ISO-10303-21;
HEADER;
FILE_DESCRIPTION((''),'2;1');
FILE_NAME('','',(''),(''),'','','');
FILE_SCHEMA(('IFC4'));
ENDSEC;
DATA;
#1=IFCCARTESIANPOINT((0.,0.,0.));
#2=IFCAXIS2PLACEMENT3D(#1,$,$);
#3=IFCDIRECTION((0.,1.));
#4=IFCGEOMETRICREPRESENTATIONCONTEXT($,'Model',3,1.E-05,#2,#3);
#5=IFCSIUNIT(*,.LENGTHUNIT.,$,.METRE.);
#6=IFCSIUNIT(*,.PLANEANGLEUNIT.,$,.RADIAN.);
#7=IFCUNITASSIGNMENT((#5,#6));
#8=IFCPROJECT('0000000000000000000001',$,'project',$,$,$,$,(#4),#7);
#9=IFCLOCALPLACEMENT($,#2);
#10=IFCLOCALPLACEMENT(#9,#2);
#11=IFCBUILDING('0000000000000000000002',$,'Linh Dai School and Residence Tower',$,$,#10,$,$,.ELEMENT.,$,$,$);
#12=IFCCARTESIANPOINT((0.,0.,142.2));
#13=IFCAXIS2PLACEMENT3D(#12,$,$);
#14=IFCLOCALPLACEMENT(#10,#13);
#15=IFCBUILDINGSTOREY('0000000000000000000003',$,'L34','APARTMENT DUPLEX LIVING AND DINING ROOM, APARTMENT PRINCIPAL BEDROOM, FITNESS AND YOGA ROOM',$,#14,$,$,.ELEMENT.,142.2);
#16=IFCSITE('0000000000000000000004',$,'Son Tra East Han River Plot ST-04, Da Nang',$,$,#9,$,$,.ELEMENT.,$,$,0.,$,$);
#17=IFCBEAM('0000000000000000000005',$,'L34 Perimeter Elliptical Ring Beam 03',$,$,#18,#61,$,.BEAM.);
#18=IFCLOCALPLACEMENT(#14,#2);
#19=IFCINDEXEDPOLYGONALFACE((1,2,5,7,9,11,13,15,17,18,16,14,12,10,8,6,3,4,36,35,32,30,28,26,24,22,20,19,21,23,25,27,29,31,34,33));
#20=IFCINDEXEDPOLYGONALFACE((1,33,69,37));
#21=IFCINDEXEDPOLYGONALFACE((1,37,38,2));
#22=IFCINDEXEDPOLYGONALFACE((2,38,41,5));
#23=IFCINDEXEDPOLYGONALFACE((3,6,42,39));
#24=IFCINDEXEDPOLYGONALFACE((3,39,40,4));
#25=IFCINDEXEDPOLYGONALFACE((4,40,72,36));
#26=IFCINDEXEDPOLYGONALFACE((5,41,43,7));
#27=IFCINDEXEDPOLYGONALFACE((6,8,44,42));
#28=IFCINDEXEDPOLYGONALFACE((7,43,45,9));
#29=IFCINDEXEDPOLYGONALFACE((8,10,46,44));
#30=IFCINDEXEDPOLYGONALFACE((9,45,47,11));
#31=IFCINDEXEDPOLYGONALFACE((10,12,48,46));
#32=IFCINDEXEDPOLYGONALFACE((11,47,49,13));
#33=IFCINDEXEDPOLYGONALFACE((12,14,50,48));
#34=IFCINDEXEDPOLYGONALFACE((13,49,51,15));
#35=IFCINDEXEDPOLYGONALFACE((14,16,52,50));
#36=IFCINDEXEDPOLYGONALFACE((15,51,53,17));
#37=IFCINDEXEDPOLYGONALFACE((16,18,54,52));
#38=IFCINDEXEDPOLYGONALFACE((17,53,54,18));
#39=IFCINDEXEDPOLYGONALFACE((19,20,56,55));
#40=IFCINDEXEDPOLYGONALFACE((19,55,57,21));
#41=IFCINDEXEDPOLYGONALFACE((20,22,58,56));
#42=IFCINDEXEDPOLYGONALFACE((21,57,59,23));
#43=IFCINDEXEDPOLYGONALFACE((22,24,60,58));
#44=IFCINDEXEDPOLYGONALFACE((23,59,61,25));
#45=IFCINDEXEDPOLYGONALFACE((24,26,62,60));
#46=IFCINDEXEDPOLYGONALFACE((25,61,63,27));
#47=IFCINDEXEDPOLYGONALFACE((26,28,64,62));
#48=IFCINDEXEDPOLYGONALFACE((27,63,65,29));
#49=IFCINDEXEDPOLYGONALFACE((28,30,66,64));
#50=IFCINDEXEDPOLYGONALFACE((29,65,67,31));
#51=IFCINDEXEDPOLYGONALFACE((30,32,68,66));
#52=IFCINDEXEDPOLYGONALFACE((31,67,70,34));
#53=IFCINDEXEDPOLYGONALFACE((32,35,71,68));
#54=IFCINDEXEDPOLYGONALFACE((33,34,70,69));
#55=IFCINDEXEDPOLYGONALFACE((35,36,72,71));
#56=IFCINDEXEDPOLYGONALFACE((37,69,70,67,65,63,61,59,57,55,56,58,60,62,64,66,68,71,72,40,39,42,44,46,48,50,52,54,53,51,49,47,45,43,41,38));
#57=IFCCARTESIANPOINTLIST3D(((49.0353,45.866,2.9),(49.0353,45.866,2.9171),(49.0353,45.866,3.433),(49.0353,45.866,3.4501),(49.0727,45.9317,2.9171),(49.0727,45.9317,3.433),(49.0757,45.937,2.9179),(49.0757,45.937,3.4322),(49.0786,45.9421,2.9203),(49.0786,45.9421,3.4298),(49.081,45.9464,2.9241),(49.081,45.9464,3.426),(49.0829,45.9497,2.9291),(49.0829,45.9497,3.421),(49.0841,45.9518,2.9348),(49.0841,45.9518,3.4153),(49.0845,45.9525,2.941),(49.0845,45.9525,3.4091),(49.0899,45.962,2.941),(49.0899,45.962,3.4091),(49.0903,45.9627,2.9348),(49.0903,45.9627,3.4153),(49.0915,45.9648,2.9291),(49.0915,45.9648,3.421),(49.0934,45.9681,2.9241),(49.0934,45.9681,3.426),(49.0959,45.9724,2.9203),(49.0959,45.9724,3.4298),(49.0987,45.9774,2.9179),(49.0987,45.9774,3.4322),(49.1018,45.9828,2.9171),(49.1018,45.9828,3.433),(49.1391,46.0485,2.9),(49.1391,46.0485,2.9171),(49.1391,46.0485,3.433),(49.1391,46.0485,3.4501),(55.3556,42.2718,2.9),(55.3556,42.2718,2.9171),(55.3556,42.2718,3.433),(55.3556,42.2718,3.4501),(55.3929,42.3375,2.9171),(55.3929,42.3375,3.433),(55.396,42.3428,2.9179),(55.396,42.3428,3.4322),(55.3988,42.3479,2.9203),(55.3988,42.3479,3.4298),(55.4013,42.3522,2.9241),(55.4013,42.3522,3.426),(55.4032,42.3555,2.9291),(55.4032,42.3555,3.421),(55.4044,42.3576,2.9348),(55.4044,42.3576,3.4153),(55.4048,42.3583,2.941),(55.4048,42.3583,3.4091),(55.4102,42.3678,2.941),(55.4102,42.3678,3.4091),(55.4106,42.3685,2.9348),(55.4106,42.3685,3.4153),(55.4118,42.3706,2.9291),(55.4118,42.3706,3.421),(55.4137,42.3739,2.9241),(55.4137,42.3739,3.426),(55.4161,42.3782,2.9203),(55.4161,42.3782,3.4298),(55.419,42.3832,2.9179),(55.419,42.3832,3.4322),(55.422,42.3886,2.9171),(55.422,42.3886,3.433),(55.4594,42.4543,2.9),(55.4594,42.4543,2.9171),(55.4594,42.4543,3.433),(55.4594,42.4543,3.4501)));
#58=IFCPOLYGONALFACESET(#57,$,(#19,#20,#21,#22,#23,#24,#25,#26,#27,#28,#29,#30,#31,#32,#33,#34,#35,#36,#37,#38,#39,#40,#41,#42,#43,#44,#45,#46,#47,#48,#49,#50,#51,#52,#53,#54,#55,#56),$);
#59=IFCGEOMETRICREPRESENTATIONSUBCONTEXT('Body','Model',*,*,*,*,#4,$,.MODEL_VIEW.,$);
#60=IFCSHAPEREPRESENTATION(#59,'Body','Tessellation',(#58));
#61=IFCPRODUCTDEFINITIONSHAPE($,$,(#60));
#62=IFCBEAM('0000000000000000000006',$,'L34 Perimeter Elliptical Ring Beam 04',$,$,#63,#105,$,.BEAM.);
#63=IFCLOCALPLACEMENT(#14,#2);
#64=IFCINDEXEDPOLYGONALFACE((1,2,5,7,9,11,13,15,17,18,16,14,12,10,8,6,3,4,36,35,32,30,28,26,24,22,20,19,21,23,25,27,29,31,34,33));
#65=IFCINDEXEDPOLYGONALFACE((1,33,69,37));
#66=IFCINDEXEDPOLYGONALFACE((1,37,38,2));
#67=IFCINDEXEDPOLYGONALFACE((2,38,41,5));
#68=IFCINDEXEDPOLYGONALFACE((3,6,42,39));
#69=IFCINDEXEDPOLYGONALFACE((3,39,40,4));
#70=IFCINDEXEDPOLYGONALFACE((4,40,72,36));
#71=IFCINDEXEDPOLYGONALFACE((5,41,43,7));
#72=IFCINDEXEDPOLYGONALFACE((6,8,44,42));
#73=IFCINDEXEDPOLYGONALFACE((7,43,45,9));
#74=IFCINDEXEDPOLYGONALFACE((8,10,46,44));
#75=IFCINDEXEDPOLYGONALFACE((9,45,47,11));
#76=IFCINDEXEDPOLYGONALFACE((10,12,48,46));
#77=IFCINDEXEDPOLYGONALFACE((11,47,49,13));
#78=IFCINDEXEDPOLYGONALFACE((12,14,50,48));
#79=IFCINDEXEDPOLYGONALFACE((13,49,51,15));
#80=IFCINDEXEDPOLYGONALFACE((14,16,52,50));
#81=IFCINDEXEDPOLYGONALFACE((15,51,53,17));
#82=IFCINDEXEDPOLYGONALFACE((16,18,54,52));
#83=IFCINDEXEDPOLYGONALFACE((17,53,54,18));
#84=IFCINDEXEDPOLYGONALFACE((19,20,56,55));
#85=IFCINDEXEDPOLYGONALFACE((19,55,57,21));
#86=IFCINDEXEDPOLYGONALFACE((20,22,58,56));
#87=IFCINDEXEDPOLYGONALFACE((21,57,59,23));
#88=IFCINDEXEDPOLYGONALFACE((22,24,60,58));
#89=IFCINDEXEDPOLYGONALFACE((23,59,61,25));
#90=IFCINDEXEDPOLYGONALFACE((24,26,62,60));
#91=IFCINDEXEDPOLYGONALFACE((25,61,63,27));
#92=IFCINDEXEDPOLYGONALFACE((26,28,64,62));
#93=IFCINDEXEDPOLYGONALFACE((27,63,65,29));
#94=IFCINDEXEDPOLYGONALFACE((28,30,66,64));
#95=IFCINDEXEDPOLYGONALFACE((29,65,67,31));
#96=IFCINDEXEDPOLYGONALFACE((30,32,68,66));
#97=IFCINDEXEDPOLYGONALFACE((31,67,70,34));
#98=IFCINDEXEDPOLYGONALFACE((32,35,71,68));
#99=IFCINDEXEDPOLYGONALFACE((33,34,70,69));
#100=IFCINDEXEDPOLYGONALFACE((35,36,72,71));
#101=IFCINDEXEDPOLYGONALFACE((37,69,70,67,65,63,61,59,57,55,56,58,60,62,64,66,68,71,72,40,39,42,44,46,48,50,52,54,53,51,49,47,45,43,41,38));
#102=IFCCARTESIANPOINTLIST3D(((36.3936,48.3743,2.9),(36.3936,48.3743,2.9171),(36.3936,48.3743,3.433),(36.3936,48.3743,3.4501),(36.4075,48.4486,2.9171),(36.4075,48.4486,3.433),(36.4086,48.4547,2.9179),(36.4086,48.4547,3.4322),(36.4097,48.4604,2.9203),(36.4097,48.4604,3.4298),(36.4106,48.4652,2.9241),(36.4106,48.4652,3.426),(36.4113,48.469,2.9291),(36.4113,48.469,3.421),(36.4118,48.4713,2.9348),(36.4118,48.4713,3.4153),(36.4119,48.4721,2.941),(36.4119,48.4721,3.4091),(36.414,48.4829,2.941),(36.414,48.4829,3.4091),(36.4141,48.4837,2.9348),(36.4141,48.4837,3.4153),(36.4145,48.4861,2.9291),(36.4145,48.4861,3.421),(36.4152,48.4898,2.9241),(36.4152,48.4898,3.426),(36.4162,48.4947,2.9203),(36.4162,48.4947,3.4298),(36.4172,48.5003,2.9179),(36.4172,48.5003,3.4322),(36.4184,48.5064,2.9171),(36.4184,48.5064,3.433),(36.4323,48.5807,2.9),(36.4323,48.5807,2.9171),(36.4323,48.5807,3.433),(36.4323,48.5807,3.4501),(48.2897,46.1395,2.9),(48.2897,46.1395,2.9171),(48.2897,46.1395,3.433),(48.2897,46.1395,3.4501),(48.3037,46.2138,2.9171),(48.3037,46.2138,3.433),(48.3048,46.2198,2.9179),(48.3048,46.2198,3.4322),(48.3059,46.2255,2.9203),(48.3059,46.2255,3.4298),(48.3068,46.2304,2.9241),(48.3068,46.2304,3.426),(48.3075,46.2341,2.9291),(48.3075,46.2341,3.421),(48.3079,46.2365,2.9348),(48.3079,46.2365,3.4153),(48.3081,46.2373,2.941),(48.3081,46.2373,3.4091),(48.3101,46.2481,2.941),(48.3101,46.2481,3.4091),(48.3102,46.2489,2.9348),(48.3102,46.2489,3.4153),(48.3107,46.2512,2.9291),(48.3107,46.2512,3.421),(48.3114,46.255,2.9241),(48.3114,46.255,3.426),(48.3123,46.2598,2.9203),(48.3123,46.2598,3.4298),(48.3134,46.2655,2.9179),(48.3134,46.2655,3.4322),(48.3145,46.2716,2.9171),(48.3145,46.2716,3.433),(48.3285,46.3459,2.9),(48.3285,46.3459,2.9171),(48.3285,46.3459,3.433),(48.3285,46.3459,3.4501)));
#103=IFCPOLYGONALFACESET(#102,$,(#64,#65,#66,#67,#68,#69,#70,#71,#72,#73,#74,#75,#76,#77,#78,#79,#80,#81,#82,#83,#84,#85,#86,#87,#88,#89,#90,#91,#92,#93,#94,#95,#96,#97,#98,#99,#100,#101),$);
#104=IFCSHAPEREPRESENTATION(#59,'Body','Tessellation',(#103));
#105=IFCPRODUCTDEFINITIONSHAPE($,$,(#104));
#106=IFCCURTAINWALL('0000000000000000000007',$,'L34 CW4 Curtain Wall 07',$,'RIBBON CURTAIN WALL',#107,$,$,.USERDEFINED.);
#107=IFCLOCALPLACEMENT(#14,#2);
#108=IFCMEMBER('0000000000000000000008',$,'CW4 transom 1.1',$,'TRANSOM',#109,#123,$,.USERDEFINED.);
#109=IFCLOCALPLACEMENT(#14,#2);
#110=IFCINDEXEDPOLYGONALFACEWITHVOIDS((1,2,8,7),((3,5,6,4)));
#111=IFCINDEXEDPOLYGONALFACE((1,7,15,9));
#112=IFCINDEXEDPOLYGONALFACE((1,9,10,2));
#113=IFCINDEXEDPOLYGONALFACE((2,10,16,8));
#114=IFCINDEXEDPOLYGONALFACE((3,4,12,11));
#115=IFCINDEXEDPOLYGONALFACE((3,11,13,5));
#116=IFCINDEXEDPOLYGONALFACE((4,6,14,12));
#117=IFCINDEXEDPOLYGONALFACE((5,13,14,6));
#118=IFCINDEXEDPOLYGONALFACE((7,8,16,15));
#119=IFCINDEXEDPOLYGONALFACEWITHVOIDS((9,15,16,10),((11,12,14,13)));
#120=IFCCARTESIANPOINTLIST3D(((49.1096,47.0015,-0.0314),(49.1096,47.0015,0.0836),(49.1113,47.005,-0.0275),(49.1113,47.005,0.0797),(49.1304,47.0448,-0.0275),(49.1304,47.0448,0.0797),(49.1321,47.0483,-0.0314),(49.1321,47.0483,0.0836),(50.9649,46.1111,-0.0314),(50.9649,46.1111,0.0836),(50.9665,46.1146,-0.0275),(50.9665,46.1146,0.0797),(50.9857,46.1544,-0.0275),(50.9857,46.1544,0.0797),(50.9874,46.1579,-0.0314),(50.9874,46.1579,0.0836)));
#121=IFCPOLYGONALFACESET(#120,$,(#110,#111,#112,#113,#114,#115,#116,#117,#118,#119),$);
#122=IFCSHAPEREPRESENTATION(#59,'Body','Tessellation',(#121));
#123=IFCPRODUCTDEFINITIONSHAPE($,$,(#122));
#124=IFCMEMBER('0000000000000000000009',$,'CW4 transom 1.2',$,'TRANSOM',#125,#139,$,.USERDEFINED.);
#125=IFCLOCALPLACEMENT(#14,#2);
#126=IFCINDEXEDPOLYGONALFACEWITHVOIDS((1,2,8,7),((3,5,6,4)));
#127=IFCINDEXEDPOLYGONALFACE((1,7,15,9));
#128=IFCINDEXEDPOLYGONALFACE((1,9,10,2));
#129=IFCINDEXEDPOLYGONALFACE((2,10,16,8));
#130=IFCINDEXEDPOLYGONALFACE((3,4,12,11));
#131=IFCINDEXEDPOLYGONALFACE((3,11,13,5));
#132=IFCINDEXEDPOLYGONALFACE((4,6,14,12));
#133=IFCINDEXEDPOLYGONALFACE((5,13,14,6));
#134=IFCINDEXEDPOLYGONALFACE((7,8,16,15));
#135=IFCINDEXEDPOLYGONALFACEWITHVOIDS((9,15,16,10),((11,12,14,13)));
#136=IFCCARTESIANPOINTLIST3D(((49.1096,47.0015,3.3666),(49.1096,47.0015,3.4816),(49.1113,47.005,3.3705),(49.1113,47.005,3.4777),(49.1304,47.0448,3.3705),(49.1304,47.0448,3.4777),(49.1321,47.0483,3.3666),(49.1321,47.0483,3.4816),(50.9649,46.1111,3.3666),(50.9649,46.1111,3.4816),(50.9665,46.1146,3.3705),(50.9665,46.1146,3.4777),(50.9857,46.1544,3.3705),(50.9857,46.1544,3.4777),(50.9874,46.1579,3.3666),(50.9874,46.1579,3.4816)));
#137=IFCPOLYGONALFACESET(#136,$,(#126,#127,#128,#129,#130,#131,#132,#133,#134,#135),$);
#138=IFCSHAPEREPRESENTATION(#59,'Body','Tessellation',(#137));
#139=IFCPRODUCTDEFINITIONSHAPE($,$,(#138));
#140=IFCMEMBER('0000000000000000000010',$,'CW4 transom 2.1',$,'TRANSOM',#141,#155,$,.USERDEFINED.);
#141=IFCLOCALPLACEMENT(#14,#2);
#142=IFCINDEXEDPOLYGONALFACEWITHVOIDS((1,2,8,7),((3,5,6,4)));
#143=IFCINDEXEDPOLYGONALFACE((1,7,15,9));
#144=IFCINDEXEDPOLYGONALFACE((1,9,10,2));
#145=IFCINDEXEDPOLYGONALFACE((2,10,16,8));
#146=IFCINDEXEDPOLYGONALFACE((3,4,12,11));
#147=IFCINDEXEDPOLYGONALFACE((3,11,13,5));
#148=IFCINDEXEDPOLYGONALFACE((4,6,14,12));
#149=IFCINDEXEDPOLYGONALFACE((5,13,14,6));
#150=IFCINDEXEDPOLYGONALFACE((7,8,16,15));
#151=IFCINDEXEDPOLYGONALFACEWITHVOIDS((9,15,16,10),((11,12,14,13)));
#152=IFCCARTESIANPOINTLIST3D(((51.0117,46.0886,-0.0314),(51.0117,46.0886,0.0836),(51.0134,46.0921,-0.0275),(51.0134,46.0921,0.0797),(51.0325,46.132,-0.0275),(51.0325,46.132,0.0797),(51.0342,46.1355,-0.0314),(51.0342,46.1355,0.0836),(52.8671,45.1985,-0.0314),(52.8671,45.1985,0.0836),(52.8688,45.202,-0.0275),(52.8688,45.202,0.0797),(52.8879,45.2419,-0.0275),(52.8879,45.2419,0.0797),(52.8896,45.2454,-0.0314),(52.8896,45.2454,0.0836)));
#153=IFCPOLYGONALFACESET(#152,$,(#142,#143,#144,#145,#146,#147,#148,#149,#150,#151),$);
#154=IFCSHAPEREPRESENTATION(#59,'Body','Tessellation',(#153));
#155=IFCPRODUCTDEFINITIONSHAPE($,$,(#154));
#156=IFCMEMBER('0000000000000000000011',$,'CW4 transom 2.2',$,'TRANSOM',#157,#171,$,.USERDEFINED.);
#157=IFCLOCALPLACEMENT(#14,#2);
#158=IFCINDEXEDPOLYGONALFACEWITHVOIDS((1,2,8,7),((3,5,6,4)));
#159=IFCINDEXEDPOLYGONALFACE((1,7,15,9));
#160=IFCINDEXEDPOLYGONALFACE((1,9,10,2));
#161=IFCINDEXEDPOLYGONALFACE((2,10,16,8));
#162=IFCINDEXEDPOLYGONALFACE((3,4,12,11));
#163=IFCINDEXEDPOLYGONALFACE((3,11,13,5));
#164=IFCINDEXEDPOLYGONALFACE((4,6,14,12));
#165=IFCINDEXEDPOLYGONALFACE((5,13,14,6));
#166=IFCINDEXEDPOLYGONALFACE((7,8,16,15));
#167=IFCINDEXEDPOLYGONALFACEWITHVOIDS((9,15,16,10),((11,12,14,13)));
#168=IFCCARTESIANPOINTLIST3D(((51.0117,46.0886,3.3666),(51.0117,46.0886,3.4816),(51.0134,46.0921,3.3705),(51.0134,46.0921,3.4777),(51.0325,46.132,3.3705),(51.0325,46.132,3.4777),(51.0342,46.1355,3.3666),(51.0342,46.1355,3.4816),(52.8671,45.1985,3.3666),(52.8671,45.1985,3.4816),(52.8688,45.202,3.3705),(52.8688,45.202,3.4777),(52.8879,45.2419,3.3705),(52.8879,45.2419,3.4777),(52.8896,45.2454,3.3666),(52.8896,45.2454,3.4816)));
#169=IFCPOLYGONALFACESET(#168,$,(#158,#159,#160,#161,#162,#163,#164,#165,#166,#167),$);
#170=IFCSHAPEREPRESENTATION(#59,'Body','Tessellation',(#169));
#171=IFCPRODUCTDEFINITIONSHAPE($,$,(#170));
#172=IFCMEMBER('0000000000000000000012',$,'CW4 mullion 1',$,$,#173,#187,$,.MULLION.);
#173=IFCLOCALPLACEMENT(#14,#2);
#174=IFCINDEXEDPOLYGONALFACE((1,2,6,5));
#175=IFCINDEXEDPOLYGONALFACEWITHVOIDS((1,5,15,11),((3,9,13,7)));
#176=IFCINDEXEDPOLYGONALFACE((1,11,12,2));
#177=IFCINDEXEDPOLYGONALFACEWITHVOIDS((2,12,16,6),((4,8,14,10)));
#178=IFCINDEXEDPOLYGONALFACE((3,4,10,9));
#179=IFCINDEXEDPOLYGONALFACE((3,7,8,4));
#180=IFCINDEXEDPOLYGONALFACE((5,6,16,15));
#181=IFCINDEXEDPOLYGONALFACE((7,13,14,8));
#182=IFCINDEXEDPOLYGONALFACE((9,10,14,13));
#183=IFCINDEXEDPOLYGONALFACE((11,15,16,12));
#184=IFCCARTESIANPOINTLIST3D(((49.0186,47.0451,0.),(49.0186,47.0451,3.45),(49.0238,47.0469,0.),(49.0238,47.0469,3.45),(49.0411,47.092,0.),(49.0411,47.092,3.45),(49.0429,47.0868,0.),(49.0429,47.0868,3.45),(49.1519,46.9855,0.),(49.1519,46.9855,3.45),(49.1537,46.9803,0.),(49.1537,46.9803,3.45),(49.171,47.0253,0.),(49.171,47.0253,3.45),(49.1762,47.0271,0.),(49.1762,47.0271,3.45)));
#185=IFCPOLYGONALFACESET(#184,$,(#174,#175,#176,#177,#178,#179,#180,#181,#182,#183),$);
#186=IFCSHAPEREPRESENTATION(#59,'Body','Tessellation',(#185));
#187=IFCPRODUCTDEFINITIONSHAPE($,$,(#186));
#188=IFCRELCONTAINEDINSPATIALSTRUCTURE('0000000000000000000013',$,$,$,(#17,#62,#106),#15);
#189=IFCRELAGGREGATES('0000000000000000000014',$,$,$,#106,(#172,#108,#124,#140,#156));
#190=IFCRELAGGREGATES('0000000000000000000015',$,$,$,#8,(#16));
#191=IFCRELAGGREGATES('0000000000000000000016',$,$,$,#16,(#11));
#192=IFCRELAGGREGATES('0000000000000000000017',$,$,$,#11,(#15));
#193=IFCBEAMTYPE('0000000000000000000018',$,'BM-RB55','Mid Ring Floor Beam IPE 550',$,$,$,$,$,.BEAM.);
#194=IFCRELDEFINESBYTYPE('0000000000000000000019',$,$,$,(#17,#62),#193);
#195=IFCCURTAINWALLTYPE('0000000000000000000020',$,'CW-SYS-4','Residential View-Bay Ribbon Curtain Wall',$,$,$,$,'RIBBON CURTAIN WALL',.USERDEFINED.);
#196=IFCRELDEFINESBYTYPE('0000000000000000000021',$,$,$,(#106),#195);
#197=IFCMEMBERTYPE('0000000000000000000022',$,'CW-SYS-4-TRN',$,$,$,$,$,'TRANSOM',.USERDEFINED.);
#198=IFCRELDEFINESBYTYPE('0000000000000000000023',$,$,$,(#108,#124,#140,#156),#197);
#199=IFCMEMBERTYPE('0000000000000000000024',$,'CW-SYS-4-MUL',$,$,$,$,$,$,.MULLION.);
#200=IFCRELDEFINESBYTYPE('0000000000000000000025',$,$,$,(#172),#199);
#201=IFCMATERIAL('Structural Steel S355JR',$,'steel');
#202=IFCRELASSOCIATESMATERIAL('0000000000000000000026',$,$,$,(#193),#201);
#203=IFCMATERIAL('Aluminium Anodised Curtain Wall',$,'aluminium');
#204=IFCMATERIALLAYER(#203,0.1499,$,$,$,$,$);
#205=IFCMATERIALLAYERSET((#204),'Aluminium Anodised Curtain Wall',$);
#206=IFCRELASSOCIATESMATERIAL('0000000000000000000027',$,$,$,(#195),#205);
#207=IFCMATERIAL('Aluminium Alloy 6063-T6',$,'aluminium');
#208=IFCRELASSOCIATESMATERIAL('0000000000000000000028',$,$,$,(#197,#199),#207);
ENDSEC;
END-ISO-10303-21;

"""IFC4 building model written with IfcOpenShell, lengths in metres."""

from ifc_helpers import new_model, si_unit, direction, frame, origin, origin_2d, place, context, subcontext, project, spatial, hollow_rectangle, i_section, extrude, source, transform, mapped, material, layer, layer_set, material_profile, profile_set, type_object, element, aggregate, save


model = new_model("IFC4")

# Units and contexts
model_context = context("Model", 3, precision=1e-05, world=origin(), true_north=direction((0.0, 1.0)))
body_context = subcontext(model_context, "Body", "Model", "MODEL_VIEW")
ifc_project = project(units=[si_unit("LENGTHUNIT", "METRE"), si_unit("PLANEANGLEUNIT", "RADIAN")], contexts=[model_context])

# Site, building, storey
site_placement = place(None, origin())
site = spatial("IfcSite", under=ifc_project, at=site_placement, Name="Son Tra East Han River Plot ST-04, Da Nang", CompositionType="ELEMENT", RefElevation=0.0)
building_placement = place(site_placement, origin())
building = spatial("IfcBuilding", under=site, at=building_placement, Name="Linh Dai School and Residence Tower", CompositionType="ELEMENT")
storey_placement = place(building_placement, frame((0.0, 0.0, 142.2)))
storey = spatial("IfcBuildingStorey", under=building, at=storey_placement, Name="L34", Description="APARTMENT DUPLEX LIVING AND DINING ROOM, APARTMENT PRINCIPAL BEDROOM, FITNESS AND YOGA ROOM", CompositionType="ELEMENT", Elevation=142.2)

# Shared definitions
ifc_material_1 = material(Name="Structural Steel S355JR", Category="steel")

# Beams
ifc_material_profile_1 = material_profile(ifc_material_1, i_section(OverallWidth=0.21, OverallDepth=0.55, WebThickness=0.011, FlangeThickness=0.0171, FilletRadius=0.0239, at=origin_2d()), Name="IPE 550")
ifc_profile_set_1 = profile_set([ifc_material_profile_1], Name="Structural Steel S355JR")
beam_type = type_object("IfcBeamType", Name="BM-RB55", Description="Mid Ring Floor Beam IPE 550", PredefinedType="BEAM", material=ifc_profile_set_1)
beam_1_placement = place(storey_placement, frame((55.4075, 42.363, 3.175), z_axis=(-0.86927, 0.494337, 0.0), x_axis=(-0.494337, -0.86927, 0.0)))
element("IfcBeam", 1, at=beam_1_placement, inside=storey, type_object=beam_type, Name="L34 Perimeter Elliptical Ring Beam 03", PredefinedType="BEAM", context=body_context, shape_type="SweptSolid", body=[
    extrude(i_section(OverallWidth=0.21, OverallDepth=0.55, WebThickness=0.011, FlangeThickness=0.0171, FilletRadius=0.0239, at=origin_2d()), origin(), (0.0, 0.0, 1.0), 7.2708),
])
beam_2_placement = place(storey_placement, frame((48.3091, 46.2427, 3.175), z_axis=(-0.982808, 0.184633, 0.0), x_axis=(-0.184633, -0.982808, 0.0)))
element("IfcBeam", 2, at=beam_2_placement, inside=storey, type_object=beam_type, Name="L34 Perimeter Elliptical Ring Beam 04", PredefinedType="BEAM", context=body_context, shape_type="SweptSolid", body=[
    extrude(i_section(OverallWidth=0.21, OverallDepth=0.55, WebThickness=0.011, FlangeThickness=0.0171, FilletRadius=0.0239, at=origin_2d()), origin(), (0.0, 0.0, 1.0), 12.1042),
])

# Curtain wall, members
ifc_material_2 = material(Name="Aluminium Anodised Curtain Wall", Category="aluminium")
ifc_layer_1 = layer(ifc_material_2, 0.1499)
ifc_layer_set_1 = layer_set([ifc_layer_1], Name="Aluminium Anodised Curtain Wall")
curtain_wall_type = type_object("IfcCurtainWallType", Name="CW-SYS-4", Description="Residential View-Bay Ribbon Curtain Wall", ElementType="RIBBON CURTAIN WALL", PredefinedType="USERDEFINED", material=ifc_layer_set_1)
curtain_wall_placement = place(storey_placement, origin())
curtain_wall = element("IfcCurtainWall", 3, at=curtain_wall_placement, inside=storey, type_object=curtain_wall_type, Name="L34 CW4 Curtain Wall 07", ObjectType="RIBBON CURTAIN WALL", PredefinedType="USERDEFINED")
ifc_material_3 = material(Name="Aluminium Alloy 6063-T6", Category="aluminium")
ifc_material_profile_2 = material_profile(ifc_material_3, hollow_rectangle(XDim=0.052, YDim=0.115, WallThickness=0.0039, at=origin_2d()), Name="RHS 115x52x4")
ifc_profile_set_2 = profile_set([ifc_material_profile_2], Name="Aluminium Alloy 6063-T6")
member_type_1 = type_object("IfcMemberType", Name="CW-SYS-4-TRN", ElementType="TRANSOM", PredefinedType="USERDEFINED", material=ifc_profile_set_2)
shared_shape_1 = source(origin(), body_context, "Body", "SweptSolid", [
    extrude(hollow_rectangle(XDim=0.052, YDim=0.115, WallThickness=0.0039, at=origin_2d()), origin(), (0.0, 0.0, 1.0), 2.0579),
])
member_1_placement = place(storey_placement, frame((49.1208, 47.0249, 0.0261), z_axis=(0.901547, -0.432681, 0.0), x_axis=(0.432681, 0.901547, 0.0)))
member_1 = element("IfcMember", 4, at=member_1_placement, type_object=member_type_1, Name="CW4 transom 1.1", ObjectType="TRANSOM", PredefinedType="USERDEFINED", context=body_context, shape_type="MappedRepresentation", body=[
    mapped(shared_shape_1, transform((0.0, 0.0, 0.0), x_axis=(1.0, 0.0, 0.0), y_axis=(0.0, 1.0, 0.0), z_axis=(0.0, 0.0, 1.0), scale=1.0)),
])
member_2_placement = place(storey_placement, frame((49.1208, 47.0249, 3.4241), z_axis=(0.901547, -0.432681, 0.0), x_axis=(0.432681, 0.901547, 0.0)))
member_2 = element("IfcMember", 5, at=member_2_placement, type_object=member_type_1, Name="CW4 transom 1.2", ObjectType="TRANSOM", PredefinedType="USERDEFINED", context=body_context, shape_type="MappedRepresentation", body=[
    mapped(shared_shape_1, transform((0.0, 0.0, 0.0), x_axis=(1.0, 0.0, 0.0), y_axis=(0.0, 1.0, 0.0), z_axis=(0.0, 0.0, 1.0), scale=1.0)),
])
member_3_placement = place(storey_placement, frame((51.0229, 46.1121, 0.0261), z_axis=(0.901616, -0.432538, 0.0), x_axis=(0.432538, 0.901616, 0.0)))
member_3 = element("IfcMember", 6, at=member_3_placement, type_object=member_type_1, Name="CW4 transom 2.1", ObjectType="TRANSOM", PredefinedType="USERDEFINED", context=body_context, shape_type="MappedRepresentation", body=[
    mapped(shared_shape_1, transform((0.0, 0.0, 0.0), x_axis=(1.0, 0.0, 0.0), y_axis=(0.0, 1.0, 0.0), z_axis=(0.0, 0.0, 1.0), scale=1.0)),
])
member_4_placement = place(storey_placement, frame((51.0229, 46.1121, 3.4241), z_axis=(0.901616, -0.432538, 0.0), x_axis=(0.432538, 0.901616, 0.0)))
member_4 = element("IfcMember", 7, at=member_4_placement, type_object=member_type_1, Name="CW4 transom 2.2", ObjectType="TRANSOM", PredefinedType="USERDEFINED", context=body_context, shape_type="MappedRepresentation", body=[
    mapped(shared_shape_1, transform((0.0, 0.0, 0.0), x_axis=(1.0, 0.0, 0.0), y_axis=(0.0, 1.0, 0.0), z_axis=(0.0, 0.0, 1.0), scale=1.0)),
])
ifc_material_profile_3 = material_profile(ifc_material_3, hollow_rectangle(XDim=0.052, YDim=0.1499, WallThickness=0.0039, at=origin_2d()), Name="RHS 150x52x4")
ifc_profile_set_3 = profile_set([ifc_material_profile_3], Name="Aluminium Alloy 6063-T6")
member_type_2 = type_object("IfcMemberType", Name="CW-SYS-4-MUL", PredefinedType="MULLION", material=ifc_profile_set_3)
shared_shape_2 = source(origin(), body_context, "Body", "SweptSolid", [
    extrude(hollow_rectangle(XDim=0.052, YDim=0.1499, WallThickness=0.0039, at=origin_2d()), origin(), (0.0, 0.0, 1.0), 3.45),
])
member_5_placement = place(storey_placement, frame((49.0974, 47.0361, 0.0), z_axis=(0.0, 0.0, 1.0), x_axis=(0.432618, 0.901578, 0.0)))
member_5 = element("IfcMember", 8, at=member_5_placement, type_object=member_type_2, Name="CW4 mullion 1", PredefinedType="MULLION", context=body_context, shape_type="MappedRepresentation", body=[
    mapped(shared_shape_2, transform((0.0, 0.0, 0.0), x_axis=(1.0, 0.0, 0.0), y_axis=(0.0, 1.0, 0.0), z_axis=(0.0, 0.0, 1.0), scale=1.0)),
])

aggregate(curtain_wall, [member_5, member_1, member_2, member_3, member_4])

save(model, "model.ifc")
